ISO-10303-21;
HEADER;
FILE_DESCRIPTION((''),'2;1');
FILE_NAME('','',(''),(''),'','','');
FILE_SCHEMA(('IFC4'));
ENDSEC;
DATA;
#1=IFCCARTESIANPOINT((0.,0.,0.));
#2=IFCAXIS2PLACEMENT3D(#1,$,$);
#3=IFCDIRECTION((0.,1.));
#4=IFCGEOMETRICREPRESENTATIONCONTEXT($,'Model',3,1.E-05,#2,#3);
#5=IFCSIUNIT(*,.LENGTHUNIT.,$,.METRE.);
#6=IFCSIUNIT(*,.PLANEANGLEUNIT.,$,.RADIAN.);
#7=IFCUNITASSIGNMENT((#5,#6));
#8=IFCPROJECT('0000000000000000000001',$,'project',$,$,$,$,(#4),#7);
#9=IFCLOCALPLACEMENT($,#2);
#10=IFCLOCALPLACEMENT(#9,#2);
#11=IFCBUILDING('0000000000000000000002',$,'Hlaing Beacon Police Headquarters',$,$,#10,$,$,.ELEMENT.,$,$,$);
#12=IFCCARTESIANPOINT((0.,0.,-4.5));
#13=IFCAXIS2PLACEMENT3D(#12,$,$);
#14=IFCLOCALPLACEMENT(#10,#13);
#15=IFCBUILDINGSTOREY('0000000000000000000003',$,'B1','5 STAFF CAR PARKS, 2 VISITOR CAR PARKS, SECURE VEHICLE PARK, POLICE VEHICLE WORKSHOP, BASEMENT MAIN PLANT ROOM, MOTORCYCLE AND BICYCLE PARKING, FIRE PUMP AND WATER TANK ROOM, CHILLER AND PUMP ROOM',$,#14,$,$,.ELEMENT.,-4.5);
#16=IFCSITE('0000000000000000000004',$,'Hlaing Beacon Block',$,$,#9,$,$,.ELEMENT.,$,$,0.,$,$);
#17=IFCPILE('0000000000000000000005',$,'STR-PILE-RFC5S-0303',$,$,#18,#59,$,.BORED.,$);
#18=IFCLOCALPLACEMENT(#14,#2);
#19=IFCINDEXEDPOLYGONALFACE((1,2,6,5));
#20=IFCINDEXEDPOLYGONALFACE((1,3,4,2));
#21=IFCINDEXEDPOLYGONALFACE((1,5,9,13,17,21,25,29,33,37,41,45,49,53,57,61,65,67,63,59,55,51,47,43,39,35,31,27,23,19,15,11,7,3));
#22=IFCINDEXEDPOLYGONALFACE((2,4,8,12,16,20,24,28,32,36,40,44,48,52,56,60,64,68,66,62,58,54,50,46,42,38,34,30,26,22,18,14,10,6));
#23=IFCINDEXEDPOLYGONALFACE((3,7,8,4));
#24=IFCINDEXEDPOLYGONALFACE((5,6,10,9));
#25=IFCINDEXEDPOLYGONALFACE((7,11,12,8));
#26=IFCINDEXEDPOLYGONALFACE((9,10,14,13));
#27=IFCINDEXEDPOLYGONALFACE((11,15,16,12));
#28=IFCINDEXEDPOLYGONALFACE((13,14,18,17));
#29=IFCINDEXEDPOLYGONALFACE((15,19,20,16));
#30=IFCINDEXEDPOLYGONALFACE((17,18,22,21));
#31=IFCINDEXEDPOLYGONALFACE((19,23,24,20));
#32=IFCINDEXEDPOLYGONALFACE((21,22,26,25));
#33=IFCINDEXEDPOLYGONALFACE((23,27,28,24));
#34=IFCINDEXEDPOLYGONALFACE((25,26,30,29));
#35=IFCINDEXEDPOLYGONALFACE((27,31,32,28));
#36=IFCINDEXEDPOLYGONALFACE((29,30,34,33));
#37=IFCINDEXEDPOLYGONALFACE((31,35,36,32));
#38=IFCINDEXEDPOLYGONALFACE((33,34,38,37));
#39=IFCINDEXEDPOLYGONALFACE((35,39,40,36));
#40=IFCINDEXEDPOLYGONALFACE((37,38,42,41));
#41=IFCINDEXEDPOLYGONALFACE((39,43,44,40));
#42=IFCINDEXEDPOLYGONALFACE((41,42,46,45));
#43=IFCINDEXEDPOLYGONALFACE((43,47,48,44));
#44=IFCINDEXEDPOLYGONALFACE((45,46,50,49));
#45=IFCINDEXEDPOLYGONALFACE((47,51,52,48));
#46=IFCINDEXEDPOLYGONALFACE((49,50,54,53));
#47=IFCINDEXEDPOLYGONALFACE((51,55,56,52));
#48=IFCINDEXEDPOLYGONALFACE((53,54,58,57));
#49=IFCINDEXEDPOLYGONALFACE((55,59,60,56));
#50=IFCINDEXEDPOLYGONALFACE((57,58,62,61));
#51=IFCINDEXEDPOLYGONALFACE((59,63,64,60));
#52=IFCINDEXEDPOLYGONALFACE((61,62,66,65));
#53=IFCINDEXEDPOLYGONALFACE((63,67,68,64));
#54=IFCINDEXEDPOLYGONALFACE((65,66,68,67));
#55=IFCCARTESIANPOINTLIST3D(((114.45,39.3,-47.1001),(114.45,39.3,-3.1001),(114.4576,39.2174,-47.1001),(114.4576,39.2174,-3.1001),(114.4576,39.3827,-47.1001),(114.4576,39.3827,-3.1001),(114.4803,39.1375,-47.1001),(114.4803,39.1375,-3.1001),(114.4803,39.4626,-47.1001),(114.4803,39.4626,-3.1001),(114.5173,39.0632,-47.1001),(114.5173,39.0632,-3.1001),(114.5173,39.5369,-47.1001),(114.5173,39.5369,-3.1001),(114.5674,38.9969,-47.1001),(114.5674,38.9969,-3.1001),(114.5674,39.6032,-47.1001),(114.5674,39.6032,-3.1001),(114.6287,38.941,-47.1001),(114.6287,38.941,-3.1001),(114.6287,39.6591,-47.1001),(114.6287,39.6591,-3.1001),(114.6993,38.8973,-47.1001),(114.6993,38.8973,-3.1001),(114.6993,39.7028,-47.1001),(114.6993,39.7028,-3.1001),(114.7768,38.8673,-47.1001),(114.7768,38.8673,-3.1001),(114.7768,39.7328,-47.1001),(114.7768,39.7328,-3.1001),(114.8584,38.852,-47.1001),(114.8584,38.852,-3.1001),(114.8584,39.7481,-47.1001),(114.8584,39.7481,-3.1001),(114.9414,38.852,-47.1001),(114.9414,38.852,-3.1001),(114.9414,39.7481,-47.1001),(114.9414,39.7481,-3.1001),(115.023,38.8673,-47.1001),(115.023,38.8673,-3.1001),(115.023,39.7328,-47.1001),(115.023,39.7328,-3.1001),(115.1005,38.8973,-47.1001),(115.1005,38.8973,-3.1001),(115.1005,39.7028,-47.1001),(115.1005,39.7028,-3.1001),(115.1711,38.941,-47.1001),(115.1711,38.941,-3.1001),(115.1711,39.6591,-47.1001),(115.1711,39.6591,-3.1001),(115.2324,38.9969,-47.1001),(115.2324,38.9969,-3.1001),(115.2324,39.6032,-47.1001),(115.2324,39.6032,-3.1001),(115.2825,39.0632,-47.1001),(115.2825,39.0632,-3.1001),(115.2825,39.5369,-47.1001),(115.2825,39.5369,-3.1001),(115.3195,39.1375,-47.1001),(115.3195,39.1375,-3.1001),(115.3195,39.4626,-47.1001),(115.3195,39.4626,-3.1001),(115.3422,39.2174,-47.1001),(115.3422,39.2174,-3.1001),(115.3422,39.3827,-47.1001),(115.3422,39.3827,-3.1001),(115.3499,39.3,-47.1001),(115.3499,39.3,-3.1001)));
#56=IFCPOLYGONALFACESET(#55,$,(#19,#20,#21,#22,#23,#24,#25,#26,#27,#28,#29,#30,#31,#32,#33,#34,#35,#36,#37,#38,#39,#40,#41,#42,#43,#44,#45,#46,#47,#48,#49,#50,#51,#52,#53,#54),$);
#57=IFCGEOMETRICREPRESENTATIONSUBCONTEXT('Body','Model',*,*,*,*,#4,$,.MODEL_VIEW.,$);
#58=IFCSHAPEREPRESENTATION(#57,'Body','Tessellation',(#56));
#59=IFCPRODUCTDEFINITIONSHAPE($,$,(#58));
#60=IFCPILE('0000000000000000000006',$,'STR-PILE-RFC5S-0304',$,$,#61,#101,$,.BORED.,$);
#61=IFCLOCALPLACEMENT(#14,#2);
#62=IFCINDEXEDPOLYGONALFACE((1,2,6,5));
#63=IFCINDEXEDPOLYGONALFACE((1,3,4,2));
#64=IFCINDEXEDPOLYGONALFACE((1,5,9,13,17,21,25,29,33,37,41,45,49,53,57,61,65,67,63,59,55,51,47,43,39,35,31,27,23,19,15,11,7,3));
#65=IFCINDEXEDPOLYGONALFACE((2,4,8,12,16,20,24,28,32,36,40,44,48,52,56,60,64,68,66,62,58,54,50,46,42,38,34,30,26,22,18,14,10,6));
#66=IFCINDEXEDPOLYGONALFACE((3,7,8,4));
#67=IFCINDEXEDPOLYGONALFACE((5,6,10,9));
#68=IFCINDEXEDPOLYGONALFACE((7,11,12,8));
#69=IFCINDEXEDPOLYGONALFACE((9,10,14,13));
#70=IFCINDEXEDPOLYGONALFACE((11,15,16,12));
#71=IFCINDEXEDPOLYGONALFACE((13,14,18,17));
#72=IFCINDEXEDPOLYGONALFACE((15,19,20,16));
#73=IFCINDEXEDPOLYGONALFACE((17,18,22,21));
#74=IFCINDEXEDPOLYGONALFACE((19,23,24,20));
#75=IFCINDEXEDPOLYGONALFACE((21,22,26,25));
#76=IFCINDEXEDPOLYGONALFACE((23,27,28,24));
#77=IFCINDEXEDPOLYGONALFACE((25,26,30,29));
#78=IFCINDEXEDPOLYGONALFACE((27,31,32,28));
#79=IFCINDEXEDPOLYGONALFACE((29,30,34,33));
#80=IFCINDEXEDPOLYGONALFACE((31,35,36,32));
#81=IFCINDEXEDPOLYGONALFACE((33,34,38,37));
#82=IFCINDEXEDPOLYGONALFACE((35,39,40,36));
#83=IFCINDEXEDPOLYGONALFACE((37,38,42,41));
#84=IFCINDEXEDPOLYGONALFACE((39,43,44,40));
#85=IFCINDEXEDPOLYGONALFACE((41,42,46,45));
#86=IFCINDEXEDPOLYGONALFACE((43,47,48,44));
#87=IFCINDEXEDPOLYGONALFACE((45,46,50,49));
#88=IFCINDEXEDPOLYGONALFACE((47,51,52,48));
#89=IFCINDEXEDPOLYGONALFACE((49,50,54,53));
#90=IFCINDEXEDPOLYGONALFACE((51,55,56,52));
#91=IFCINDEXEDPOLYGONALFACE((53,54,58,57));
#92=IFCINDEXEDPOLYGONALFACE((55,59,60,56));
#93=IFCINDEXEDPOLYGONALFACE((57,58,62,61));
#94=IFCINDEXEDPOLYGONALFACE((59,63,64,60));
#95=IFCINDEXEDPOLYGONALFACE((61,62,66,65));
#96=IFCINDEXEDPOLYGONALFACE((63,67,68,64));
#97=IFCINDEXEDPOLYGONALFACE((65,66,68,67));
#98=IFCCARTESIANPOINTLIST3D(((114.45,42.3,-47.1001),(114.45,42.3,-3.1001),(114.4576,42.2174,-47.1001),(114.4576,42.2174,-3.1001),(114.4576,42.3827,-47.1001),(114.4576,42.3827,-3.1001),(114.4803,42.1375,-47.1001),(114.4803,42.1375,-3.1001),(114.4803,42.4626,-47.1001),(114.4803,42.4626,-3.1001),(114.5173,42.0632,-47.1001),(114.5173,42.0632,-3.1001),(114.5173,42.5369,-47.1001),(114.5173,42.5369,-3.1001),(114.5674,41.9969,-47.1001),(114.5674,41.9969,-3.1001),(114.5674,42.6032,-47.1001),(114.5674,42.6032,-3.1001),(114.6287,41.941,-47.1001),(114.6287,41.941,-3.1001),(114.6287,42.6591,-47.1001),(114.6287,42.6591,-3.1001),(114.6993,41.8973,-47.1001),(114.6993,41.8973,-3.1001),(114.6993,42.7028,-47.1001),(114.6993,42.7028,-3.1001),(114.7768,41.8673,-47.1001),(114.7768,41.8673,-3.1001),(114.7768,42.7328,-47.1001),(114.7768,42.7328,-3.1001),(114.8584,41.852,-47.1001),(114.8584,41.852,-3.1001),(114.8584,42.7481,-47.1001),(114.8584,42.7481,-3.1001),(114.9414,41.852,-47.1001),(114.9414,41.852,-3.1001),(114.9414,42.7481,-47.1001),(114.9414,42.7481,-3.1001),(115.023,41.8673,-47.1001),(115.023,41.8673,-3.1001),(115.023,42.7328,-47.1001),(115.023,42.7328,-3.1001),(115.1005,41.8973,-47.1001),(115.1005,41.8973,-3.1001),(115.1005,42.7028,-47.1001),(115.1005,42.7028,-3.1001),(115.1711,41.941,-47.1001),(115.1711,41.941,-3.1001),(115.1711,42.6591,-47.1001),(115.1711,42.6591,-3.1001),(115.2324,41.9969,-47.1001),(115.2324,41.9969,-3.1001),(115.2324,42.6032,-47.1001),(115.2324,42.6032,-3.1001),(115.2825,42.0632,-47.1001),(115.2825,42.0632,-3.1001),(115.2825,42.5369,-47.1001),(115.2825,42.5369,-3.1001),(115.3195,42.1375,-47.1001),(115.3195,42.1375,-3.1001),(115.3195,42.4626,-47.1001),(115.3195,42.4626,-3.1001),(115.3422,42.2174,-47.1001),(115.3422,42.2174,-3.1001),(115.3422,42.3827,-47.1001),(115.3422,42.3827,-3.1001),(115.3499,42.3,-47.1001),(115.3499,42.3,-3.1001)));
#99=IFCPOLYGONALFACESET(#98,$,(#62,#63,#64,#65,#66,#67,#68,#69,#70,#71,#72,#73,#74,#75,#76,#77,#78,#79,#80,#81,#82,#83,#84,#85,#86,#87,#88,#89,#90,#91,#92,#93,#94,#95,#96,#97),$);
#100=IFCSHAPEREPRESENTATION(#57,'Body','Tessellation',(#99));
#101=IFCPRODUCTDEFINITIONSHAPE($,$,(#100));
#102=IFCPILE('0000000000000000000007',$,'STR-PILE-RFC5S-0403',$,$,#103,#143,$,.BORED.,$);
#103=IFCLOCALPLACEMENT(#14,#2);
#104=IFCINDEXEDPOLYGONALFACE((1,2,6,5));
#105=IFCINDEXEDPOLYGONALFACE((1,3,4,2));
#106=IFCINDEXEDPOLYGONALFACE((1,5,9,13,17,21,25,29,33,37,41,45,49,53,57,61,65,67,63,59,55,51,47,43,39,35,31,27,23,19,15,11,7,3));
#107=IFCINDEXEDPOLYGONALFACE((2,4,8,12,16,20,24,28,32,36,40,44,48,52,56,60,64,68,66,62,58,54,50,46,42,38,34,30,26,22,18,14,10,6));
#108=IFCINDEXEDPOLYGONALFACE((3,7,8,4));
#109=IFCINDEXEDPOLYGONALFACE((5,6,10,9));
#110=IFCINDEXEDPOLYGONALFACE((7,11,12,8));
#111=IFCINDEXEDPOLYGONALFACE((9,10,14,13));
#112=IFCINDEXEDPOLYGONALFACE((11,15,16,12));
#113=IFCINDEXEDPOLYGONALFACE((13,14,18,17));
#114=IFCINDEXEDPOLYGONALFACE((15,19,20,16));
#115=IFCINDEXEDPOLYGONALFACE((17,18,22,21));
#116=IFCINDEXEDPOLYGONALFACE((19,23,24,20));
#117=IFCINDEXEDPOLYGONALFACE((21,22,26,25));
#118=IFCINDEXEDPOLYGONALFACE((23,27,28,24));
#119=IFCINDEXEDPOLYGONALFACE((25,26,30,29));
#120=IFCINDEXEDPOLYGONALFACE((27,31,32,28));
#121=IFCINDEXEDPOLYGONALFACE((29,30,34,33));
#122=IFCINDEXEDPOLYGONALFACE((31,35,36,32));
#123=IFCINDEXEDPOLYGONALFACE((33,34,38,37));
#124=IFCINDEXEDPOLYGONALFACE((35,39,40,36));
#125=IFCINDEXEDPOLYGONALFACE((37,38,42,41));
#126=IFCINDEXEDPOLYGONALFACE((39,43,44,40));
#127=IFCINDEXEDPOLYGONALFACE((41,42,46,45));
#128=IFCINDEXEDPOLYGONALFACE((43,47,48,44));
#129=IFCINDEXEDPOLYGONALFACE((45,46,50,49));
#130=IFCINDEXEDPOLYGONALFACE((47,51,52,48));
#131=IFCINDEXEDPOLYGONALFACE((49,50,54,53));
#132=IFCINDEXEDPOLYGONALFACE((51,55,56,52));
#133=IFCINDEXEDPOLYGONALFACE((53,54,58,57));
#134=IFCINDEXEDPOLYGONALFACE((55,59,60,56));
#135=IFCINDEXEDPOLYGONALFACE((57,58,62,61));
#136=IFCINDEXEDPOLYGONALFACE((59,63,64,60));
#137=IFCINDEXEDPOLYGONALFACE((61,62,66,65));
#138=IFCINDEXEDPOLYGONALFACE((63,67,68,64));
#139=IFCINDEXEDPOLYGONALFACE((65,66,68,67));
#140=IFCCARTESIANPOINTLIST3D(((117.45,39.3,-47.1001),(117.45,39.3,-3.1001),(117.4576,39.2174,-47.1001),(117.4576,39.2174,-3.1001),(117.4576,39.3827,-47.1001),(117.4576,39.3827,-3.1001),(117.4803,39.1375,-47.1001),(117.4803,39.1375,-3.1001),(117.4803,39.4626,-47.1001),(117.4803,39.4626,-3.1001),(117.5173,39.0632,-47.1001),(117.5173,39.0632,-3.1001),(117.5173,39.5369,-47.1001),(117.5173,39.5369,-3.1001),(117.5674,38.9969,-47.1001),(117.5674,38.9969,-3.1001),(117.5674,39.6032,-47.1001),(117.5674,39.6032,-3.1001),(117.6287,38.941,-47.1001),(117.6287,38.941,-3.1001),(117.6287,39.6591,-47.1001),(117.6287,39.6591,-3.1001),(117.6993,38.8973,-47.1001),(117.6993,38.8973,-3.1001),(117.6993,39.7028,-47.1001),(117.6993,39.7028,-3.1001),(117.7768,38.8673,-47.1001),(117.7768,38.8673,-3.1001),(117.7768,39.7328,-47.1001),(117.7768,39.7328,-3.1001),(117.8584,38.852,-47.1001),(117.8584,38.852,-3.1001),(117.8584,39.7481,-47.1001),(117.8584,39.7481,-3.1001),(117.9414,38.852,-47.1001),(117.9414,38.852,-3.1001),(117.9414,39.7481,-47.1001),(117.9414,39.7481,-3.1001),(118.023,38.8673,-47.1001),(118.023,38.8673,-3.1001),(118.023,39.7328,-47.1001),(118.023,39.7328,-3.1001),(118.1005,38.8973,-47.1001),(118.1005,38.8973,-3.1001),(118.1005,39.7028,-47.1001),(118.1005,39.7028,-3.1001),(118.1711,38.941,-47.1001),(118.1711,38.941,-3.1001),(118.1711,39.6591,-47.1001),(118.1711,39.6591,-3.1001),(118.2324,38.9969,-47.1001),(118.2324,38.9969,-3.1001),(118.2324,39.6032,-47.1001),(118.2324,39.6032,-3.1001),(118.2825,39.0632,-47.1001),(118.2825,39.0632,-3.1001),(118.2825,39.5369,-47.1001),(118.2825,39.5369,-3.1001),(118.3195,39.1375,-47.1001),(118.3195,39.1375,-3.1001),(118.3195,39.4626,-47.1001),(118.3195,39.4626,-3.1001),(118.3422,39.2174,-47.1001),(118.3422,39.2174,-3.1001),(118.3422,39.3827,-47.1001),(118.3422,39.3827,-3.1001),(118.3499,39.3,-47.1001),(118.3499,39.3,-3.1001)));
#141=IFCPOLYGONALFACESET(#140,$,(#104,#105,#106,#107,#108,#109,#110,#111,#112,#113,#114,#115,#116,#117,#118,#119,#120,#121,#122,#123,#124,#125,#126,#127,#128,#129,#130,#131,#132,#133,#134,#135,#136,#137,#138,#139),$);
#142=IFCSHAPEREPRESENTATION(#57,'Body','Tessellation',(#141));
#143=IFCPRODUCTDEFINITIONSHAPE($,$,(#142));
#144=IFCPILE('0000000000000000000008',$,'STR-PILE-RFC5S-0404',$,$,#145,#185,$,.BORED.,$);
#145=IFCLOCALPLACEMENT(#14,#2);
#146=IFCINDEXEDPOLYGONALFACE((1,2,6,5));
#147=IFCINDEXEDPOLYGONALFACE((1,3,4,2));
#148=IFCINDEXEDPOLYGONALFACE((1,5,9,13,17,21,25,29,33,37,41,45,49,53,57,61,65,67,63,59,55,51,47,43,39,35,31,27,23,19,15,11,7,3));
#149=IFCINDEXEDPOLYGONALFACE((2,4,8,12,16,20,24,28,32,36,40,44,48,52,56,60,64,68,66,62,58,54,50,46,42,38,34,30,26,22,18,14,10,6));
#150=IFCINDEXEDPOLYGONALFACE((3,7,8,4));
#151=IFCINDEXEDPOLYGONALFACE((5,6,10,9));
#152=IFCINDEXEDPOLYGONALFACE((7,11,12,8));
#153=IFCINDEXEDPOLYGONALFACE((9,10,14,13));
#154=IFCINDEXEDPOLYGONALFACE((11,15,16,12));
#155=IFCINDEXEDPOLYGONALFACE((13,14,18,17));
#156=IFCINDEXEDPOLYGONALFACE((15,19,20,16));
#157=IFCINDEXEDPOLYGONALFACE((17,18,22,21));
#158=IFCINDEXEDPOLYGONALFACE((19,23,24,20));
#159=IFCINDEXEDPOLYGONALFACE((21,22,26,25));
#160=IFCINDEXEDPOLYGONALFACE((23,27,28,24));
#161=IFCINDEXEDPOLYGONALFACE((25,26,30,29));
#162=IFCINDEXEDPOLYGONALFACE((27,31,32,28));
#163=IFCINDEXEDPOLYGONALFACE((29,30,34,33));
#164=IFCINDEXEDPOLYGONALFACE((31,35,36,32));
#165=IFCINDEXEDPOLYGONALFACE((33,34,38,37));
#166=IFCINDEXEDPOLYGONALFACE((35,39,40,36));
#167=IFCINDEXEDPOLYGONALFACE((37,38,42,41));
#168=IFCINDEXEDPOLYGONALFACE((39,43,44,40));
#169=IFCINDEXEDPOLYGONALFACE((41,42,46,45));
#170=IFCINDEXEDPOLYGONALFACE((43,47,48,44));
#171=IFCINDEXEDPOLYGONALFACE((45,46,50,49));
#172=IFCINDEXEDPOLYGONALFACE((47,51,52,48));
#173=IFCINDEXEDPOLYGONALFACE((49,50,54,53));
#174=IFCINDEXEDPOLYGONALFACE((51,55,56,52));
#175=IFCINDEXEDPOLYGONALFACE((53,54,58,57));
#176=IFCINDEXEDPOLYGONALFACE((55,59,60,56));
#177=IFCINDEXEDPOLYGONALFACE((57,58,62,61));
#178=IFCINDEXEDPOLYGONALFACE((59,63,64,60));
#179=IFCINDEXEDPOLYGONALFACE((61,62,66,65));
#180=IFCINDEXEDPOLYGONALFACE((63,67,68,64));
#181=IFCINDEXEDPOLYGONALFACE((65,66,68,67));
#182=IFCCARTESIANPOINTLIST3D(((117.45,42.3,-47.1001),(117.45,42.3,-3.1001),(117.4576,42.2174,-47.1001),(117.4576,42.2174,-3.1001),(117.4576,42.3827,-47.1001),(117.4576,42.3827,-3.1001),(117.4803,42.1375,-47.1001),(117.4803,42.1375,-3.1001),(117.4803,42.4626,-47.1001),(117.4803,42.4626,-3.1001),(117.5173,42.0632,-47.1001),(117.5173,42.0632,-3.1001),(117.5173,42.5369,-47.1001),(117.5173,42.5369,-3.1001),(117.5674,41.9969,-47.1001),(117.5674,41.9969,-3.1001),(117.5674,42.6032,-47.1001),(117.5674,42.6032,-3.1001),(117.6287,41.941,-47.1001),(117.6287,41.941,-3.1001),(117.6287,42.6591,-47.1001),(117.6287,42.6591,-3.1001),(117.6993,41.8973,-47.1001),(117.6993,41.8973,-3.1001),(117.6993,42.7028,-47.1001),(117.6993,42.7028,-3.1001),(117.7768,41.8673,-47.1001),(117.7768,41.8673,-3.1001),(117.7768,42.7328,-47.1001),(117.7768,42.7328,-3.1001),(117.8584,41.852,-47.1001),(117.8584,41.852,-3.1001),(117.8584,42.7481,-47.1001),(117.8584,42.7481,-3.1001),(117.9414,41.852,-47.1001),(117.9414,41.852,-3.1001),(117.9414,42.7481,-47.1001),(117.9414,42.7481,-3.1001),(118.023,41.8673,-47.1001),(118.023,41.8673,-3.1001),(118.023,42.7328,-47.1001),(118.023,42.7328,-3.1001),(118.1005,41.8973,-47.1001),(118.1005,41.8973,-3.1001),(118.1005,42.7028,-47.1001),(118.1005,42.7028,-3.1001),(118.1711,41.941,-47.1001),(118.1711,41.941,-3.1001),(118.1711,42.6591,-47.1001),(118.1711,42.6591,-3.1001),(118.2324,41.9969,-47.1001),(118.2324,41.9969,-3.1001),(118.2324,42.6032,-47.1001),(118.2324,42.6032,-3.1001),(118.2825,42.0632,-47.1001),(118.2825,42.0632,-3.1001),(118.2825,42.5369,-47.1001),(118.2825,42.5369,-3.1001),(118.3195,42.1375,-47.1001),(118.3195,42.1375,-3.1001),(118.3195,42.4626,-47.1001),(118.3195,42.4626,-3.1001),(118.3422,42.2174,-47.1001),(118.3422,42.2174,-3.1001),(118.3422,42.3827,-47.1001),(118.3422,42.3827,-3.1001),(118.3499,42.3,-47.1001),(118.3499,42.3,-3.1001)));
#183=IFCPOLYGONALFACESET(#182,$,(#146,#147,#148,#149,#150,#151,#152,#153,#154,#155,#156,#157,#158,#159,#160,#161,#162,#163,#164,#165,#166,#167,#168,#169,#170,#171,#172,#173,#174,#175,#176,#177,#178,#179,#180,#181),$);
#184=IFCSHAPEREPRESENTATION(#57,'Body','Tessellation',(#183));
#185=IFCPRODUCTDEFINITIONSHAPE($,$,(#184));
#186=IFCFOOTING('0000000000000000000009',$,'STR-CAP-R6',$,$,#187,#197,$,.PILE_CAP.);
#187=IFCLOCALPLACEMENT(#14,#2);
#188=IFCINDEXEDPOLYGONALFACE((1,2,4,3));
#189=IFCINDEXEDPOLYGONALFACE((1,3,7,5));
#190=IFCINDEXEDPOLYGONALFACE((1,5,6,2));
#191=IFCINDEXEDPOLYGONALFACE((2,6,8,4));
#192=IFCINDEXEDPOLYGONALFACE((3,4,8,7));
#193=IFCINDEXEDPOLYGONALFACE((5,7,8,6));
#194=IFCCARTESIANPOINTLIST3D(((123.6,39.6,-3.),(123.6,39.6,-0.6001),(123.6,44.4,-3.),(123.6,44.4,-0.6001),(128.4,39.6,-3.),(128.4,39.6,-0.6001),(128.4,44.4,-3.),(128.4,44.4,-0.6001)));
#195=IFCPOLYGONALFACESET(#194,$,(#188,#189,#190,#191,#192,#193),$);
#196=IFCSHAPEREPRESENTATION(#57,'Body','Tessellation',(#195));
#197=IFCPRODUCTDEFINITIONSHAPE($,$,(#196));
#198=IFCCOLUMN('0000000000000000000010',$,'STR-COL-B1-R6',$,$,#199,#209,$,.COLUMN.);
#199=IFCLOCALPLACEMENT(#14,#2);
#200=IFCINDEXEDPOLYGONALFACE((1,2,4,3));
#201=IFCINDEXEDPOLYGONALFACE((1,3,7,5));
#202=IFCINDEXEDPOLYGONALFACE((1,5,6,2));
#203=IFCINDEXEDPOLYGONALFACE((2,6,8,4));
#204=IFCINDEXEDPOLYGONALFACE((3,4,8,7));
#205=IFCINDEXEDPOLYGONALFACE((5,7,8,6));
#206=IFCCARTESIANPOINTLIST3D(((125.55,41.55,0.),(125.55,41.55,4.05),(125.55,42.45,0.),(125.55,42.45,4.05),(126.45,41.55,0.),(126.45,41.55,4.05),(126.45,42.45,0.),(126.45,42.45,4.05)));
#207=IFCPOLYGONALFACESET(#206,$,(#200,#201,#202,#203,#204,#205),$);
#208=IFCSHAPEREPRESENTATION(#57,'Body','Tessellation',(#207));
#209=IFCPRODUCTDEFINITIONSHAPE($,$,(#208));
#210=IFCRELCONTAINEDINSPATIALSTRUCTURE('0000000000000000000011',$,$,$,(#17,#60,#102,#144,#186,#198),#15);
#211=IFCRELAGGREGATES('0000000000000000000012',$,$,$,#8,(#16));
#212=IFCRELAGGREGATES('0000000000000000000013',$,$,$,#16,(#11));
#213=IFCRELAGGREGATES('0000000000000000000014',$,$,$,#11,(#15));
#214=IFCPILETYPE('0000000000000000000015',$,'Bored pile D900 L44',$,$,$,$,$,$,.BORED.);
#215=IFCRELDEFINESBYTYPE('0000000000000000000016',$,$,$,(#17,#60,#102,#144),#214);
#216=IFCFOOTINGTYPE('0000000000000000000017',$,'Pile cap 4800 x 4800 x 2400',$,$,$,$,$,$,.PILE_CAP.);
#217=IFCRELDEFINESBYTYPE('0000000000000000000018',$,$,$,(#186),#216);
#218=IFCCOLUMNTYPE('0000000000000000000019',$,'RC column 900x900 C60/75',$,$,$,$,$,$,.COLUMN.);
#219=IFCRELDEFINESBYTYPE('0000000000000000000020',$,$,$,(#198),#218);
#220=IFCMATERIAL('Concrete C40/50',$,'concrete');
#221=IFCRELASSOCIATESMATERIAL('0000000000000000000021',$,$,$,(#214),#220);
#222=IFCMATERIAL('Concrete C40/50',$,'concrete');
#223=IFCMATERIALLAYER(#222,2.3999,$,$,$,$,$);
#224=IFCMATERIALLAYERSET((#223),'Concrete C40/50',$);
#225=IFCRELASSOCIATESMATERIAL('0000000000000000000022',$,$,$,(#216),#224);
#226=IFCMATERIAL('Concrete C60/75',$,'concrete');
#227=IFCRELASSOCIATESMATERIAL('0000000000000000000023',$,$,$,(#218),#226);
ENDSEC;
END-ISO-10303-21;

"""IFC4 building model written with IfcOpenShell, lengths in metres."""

from ifc_helpers import new_model, si_unit, direction, frame, origin, origin_2d, place, context, subcontext, project, spatial, rectangle, circle, extrude, material, layer, layer_set, material_profile, profile_set, type_object, element, save


model = new_model("IFC4")

# Units and contexts
model_context = context("Model", 3, precision=1e-05, world=origin(), true_north=direction((0.0, 1.0)))
body_context = subcontext(model_context, "Body", "Model", "MODEL_VIEW")
ifc_project = project(units=[si_unit("LENGTHUNIT", "METRE"), si_unit("PLANEANGLEUNIT", "RADIAN")], contexts=[model_context])

# Site, building, storey
site_placement = place(None, origin())
site = spatial("IfcSite", under=ifc_project, at=site_placement, Name="Hlaing Beacon Block", CompositionType="ELEMENT", RefElevation=0.0)
building_placement = place(site_placement, origin())
building = spatial("IfcBuilding", under=site, at=building_placement, Name="Hlaing Beacon Police Headquarters", CompositionType="ELEMENT")
storey_placement = place(building_placement, frame((0.0, 0.0, -4.5)))
storey = spatial("IfcBuildingStorey", under=building, at=storey_placement, Name="B1", Description="5 STAFF CAR PARKS, 2 VISITOR CAR PARKS, SECURE VEHICLE PARK, POLICE VEHICLE WORKSHOP, BASEMENT MAIN PLANT ROOM, MOTORCYCLE AND BICYCLE PARKING, FIRE PUMP AND WATER TANK ROOM, CHILLER AND PUMP ROOM", CompositionType="ELEMENT", Elevation=-4.5)

# Piles
ifc_material_1 = material(Name="Concrete C40/50", Category="concrete")
ifc_material_profile_1 = material_profile(ifc_material_1, circle(Radius=0.45, at=origin_2d()), Name="D900")
ifc_profile_set_1 = profile_set([ifc_material_profile_1], Name="Concrete C40/50")
pile_type = type_object("IfcPileType", Name="Bored pile D900 L44", PredefinedType="BORED", material=ifc_profile_set_1)
for number, where, z_axis, x_axis, name in (
    (1, (114.8999, 39.3, -3.1001), (0.0, 0.0, -1.0), (1.0, 0.0, 0.0), "STR-PILE-RFC5S-0303"),
    (2, (114.8999, 42.3, -3.1001), (0.0, 0.0, -1.0), (1.0, 0.0, 0.0), "STR-PILE-RFC5S-0304"),
    (3, (117.8999, 39.3, -3.1001), (0.0, 0.0, -1.0), (1.0, 0.0, 0.0), "STR-PILE-RFC5S-0403"),
    (4, (117.8999, 42.3, -3.1001), (0.0, 0.0, -1.0), (1.0, 0.0, 0.0), "STR-PILE-RFC5S-0404"),
):
    element("IfcPile", number, at=place(storey_placement, frame(where, z_axis=z_axis, x_axis=x_axis)), inside=storey, type_object=pile_type, Name=name, PredefinedType="BORED", context=body_context, shape_type="SweptSolid", body=[
        extrude(circle(Radius=0.45, at=origin_2d()), origin(), (0.0, 0.0, 1.0), 44.0),
    ])

# Footing
ifc_material_2 = material(Name="Concrete C40/50", Category="concrete")
ifc_layer_1 = layer(ifc_material_2, 2.3999)
ifc_layer_set_1 = layer_set([ifc_layer_1], Name="Concrete C40/50")
footing_type = type_object("IfcFootingType", Name="Pile cap 4800 x 4800 x 2400", PredefinedType="PILE_CAP", material=ifc_layer_set_1)
footing_placement = place(storey_placement, frame((126.0, 42.0, -3.0), z_axis=(0.0, 0.0, 1.0), x_axis=(1.0, 0.0, 0.0)))
element("IfcFooting", 5, at=footing_placement, inside=storey, type_object=footing_type, Name="STR-CAP-R6", PredefinedType="PILE_CAP", context=body_context, shape_type="SweptSolid", body=[
    extrude(rectangle(XDim=4.8, YDim=4.8, at=origin_2d()), origin(), (0.0, 0.0, 1.0), 2.3999),
])

# Column
ifc_material_3 = material(Name="Concrete C60/75", Category="concrete")
ifc_material_profile_2 = material_profile(ifc_material_3, rectangle(XDim=0.8999, YDim=0.8999, at=origin_2d()), Name="900x900")
ifc_profile_set_2 = profile_set([ifc_material_profile_2], Name="Concrete C60/75")
column_type = type_object("IfcColumnType", Name="RC column 900x900 C60/75", PredefinedType="COLUMN", material=ifc_profile_set_2)
column_placement = place(storey_placement, frame((126.0, 42.0, 0.0), z_axis=(0.0, 0.0, 1.0), x_axis=(1.0, 0.0, 0.0)))
element("IfcColumn", 6, at=column_placement, inside=storey, type_object=column_type, Name="STR-COL-B1-R6", PredefinedType="COLUMN", context=body_context, shape_type="SweptSolid", body=[
    extrude(rectangle(XDim=0.8999, YDim=0.8999, at=origin_2d()), origin(), (0.0, 0.0, 1.0), 4.05),
])

save(model, "model.ifc")
